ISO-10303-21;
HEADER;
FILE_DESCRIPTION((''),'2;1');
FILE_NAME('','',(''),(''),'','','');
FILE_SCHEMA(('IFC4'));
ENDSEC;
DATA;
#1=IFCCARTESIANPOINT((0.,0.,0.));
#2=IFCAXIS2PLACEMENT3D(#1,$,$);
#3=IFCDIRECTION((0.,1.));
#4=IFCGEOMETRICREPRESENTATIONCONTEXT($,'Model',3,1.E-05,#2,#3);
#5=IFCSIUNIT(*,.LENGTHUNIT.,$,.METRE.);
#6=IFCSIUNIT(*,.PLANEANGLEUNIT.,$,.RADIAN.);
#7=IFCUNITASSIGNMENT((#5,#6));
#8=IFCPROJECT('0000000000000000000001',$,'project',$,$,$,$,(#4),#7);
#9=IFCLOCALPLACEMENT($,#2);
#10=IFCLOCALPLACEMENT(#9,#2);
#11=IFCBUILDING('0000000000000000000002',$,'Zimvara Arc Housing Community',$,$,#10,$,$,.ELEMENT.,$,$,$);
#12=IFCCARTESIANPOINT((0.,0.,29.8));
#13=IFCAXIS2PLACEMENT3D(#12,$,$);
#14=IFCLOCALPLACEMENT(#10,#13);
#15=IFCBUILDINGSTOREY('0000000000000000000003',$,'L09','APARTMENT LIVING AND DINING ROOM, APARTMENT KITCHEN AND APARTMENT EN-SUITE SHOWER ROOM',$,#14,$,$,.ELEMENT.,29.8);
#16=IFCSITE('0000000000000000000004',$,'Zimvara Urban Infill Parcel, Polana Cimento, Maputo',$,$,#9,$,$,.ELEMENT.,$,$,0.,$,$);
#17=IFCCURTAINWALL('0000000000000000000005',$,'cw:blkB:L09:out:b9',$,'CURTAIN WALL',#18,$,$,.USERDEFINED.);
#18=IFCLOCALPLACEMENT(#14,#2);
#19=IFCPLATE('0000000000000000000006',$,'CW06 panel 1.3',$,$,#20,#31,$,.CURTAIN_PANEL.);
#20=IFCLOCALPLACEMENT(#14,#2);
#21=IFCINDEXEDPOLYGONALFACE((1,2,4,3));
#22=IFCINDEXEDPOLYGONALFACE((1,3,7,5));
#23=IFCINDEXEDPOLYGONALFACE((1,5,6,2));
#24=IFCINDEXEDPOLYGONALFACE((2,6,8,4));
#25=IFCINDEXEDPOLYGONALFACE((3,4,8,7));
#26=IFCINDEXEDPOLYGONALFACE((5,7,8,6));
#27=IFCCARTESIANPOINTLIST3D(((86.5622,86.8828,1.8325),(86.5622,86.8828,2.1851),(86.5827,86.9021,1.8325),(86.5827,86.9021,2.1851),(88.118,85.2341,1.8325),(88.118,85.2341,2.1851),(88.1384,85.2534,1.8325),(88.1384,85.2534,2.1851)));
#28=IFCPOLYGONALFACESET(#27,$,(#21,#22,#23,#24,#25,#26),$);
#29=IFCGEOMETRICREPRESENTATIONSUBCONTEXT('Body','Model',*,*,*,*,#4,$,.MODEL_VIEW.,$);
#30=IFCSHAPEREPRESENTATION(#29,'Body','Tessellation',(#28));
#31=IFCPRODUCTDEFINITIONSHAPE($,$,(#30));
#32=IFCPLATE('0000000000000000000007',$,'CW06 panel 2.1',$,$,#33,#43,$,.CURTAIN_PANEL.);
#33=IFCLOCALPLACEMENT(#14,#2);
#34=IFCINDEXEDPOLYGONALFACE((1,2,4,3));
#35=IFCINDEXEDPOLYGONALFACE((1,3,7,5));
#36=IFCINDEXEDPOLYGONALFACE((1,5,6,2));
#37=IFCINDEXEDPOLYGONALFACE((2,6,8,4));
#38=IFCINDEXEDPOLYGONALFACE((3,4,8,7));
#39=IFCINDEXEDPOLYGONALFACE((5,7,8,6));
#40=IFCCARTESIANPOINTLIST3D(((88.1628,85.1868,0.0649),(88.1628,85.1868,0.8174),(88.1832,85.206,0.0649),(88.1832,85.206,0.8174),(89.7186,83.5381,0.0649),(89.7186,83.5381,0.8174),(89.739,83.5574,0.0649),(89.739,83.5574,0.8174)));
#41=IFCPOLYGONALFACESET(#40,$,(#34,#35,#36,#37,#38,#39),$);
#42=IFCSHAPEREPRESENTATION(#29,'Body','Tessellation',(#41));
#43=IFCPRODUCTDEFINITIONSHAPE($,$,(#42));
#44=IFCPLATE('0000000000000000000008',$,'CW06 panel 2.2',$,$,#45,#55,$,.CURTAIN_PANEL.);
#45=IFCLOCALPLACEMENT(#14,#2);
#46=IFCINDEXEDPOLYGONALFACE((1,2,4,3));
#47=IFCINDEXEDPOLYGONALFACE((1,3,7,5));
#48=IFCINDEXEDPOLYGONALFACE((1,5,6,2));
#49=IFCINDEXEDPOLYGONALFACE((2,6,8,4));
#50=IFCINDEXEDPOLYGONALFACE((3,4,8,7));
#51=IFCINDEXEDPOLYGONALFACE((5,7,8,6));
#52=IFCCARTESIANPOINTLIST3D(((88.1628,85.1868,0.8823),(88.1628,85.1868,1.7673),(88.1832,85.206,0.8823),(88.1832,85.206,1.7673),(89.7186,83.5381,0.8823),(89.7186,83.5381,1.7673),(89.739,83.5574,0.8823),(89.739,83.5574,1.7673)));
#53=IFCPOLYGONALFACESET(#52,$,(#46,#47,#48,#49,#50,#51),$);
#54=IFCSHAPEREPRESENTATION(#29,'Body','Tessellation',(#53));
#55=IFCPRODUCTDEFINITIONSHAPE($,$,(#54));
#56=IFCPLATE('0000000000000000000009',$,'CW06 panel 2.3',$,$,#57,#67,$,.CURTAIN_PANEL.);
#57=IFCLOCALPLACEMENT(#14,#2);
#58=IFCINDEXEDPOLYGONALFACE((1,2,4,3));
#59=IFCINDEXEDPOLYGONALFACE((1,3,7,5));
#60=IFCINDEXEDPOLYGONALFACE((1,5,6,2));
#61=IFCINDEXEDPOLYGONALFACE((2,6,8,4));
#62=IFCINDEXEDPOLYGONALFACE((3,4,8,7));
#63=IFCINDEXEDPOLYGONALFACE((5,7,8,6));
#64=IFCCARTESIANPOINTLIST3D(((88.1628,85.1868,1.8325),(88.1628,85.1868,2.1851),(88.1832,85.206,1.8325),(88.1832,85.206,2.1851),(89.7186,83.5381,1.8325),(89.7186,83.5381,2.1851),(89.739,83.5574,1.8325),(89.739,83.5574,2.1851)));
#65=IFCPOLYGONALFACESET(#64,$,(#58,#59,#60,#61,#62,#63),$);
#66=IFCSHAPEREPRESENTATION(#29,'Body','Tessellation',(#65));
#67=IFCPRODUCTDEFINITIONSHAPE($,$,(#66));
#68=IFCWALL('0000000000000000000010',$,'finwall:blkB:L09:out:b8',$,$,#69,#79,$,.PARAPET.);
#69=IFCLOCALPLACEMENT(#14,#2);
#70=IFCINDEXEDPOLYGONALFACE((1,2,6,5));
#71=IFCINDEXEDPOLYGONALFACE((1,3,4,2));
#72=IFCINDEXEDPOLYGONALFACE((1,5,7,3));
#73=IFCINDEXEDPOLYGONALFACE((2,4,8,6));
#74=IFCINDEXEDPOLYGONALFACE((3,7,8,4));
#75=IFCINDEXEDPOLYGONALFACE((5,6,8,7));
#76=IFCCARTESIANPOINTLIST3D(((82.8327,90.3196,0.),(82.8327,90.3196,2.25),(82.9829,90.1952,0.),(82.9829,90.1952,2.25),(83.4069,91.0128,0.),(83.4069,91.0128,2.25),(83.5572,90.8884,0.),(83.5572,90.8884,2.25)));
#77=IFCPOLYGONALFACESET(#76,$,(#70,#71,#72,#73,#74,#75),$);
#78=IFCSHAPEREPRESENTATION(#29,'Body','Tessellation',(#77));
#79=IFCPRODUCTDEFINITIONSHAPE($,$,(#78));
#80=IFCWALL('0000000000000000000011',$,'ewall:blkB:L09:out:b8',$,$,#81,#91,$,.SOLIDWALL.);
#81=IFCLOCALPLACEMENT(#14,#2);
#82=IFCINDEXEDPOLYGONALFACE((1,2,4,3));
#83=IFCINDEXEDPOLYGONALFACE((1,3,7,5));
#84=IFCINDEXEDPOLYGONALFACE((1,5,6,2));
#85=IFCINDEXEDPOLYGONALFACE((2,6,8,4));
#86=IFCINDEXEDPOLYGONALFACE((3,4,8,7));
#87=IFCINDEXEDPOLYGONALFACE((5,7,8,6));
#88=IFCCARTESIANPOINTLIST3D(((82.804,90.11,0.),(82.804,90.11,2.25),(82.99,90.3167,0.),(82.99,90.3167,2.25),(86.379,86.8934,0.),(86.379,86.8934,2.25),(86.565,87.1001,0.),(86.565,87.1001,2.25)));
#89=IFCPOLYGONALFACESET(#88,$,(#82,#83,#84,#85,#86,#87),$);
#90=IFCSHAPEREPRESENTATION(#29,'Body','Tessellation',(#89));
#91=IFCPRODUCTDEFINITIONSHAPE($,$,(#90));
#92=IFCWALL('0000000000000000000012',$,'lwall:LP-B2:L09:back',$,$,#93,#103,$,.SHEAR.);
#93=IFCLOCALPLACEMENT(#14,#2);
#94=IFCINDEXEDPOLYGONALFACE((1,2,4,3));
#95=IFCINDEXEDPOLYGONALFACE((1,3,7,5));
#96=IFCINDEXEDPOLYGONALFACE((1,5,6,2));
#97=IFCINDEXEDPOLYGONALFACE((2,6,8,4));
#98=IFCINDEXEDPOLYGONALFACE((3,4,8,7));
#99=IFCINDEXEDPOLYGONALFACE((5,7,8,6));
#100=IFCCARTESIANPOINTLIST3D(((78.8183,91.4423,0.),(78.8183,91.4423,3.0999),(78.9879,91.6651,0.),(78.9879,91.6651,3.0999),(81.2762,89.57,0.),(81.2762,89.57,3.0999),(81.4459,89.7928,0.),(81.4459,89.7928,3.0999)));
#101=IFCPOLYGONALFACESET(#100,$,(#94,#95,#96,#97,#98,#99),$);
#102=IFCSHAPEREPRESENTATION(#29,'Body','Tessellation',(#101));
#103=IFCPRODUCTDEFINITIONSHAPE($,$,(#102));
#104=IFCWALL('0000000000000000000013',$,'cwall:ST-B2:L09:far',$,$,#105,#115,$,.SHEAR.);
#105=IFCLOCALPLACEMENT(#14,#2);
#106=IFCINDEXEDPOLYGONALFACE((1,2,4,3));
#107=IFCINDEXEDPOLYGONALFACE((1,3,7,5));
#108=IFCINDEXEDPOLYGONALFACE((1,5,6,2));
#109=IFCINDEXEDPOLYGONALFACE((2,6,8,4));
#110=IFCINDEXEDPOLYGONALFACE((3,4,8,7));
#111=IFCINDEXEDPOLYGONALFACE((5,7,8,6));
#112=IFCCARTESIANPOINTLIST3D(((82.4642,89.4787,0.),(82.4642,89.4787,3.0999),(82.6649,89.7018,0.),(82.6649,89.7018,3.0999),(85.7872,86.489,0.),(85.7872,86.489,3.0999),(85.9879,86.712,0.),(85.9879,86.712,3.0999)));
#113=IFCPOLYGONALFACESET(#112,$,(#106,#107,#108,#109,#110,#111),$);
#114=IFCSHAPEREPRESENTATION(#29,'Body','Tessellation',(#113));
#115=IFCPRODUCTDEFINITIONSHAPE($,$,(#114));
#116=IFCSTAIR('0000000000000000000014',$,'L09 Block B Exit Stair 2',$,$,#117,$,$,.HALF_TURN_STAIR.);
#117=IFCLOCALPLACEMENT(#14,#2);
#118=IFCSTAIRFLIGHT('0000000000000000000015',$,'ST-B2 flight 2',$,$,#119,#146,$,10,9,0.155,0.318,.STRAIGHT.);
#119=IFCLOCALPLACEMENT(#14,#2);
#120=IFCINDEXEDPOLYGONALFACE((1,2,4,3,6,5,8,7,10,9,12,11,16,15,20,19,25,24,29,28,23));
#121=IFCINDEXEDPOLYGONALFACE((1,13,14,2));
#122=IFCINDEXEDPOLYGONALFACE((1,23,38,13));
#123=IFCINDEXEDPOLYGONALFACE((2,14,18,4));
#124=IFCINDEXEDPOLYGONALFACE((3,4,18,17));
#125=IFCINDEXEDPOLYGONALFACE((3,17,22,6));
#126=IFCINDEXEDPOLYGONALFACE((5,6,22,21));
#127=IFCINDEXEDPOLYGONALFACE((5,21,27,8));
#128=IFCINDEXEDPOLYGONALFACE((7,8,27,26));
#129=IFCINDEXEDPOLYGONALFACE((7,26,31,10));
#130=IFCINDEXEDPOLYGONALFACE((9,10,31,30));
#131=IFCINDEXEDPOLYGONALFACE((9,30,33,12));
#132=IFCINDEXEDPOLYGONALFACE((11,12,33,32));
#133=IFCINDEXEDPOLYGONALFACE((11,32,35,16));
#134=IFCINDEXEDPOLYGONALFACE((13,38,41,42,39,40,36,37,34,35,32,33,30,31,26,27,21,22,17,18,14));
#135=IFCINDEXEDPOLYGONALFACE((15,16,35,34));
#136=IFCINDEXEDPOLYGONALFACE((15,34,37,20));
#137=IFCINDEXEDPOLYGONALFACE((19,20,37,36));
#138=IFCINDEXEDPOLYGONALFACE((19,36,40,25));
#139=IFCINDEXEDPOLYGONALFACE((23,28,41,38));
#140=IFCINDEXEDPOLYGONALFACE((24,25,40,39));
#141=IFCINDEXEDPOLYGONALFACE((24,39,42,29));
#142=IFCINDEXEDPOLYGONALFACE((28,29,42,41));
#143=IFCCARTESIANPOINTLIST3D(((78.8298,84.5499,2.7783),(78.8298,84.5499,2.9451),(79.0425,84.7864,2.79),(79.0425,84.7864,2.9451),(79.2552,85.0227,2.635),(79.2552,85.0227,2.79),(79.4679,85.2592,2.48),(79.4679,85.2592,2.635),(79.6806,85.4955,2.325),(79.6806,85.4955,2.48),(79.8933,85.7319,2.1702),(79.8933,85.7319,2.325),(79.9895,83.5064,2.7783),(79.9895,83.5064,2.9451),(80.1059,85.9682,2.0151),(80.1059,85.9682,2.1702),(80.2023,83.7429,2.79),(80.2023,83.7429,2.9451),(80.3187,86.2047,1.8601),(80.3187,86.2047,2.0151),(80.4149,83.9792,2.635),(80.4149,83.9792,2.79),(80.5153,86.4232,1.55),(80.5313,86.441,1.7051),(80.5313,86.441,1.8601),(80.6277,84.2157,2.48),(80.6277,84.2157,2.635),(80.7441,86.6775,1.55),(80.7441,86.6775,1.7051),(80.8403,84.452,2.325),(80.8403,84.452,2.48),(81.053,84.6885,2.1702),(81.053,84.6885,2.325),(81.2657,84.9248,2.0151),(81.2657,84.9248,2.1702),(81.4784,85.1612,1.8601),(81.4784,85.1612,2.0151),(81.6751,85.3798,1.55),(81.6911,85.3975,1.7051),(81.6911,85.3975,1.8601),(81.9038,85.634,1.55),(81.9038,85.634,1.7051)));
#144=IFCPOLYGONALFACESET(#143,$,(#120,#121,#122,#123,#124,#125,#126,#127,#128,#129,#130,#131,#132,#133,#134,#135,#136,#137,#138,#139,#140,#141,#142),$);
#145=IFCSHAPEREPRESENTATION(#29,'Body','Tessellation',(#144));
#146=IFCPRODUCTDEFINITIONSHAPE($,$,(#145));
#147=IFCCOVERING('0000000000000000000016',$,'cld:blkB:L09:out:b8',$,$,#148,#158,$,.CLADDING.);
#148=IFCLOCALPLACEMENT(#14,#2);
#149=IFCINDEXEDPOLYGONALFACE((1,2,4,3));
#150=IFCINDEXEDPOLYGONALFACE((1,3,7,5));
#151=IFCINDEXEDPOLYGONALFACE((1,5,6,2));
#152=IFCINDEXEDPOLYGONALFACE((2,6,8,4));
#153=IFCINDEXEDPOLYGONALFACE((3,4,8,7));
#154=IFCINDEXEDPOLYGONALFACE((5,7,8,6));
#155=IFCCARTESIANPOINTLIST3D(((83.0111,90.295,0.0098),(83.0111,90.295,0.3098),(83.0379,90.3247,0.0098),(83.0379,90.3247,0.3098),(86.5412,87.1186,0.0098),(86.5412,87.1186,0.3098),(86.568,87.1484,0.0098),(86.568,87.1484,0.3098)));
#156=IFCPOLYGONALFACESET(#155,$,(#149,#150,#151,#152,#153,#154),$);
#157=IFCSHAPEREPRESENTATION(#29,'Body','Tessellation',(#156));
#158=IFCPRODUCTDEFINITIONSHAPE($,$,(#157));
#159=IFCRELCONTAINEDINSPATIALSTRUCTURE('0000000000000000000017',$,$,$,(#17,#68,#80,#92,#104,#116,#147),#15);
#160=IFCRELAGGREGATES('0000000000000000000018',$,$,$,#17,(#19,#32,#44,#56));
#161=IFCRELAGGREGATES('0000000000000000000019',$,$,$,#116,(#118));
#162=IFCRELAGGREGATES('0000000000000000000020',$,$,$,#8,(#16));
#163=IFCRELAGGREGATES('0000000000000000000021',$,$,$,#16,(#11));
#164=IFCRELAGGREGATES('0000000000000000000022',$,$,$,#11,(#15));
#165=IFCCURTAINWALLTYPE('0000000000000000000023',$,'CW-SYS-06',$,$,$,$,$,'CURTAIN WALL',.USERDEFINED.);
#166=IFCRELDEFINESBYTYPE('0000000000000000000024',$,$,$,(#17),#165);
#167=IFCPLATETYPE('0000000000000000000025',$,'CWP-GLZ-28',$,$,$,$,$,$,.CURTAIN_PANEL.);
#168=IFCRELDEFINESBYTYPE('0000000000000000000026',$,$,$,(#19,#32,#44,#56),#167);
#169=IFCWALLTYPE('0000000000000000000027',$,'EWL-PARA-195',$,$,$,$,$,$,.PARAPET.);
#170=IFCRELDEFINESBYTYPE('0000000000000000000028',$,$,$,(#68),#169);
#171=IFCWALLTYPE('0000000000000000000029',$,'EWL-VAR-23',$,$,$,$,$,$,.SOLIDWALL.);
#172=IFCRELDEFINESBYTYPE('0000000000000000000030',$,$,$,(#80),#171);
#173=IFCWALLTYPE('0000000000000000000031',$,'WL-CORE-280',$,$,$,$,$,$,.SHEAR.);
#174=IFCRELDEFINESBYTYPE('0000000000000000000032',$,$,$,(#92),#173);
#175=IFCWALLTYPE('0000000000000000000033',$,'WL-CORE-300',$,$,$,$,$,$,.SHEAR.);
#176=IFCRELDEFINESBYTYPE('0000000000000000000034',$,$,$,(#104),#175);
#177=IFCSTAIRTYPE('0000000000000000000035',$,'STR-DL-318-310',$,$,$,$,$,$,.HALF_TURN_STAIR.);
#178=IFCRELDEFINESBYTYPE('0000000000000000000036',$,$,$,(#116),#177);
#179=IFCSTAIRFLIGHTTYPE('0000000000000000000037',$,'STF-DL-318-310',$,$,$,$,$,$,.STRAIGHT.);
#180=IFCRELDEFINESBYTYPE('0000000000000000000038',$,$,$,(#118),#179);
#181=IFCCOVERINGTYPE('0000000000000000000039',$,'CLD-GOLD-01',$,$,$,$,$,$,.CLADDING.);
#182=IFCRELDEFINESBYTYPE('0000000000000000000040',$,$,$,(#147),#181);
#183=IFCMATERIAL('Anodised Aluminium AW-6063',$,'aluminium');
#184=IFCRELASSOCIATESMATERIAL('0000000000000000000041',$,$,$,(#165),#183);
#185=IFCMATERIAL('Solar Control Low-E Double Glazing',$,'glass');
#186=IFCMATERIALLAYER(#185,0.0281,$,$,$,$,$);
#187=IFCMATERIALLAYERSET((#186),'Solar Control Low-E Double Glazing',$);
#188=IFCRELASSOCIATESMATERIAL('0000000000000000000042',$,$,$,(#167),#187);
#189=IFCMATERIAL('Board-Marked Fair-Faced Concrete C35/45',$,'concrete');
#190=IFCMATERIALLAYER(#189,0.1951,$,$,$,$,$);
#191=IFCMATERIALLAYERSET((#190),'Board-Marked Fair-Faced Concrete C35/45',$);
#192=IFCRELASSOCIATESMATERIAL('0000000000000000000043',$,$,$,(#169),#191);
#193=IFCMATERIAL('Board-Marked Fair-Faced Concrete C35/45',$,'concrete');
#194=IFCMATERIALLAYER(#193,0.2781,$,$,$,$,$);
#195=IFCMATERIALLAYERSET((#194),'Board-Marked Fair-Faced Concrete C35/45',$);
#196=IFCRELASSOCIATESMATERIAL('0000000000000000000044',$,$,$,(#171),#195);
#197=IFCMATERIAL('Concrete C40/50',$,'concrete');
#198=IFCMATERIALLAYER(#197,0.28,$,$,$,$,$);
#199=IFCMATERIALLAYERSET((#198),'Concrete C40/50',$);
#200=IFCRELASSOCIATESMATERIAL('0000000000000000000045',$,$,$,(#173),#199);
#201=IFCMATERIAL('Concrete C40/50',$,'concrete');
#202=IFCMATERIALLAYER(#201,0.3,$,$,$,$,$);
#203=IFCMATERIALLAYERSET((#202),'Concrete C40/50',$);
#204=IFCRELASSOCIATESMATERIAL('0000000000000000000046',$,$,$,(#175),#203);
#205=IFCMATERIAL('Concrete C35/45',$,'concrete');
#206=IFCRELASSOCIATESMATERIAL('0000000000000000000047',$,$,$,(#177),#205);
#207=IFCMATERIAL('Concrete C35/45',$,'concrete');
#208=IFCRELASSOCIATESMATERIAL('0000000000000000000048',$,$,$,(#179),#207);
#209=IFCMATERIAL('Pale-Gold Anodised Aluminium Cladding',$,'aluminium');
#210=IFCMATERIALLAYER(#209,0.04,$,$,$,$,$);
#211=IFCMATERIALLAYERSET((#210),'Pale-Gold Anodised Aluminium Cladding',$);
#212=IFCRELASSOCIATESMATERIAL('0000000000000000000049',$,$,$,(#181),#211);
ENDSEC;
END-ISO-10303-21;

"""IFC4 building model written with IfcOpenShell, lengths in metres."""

from ifc_helpers import new_model, si_unit, direction, frame, frame_2d, origin, origin_2d, place, context, subcontext, project, spatial, polyline, rectangle, outline, extrude, material, layer, layer_set, type_object, element, aggregate, save


model = new_model("IFC4")

# Units and contexts
model_context = context("Model", 3, precision=1e-05, world=origin(), true_north=direction((0.0, 1.0)))
body_context = subcontext(model_context, "Body", "Model", "MODEL_VIEW")
ifc_project = project(units=[si_unit("LENGTHUNIT", "METRE"), si_unit("PLANEANGLEUNIT", "RADIAN")], contexts=[model_context])

# Site, building, storey
site_placement = place(None, origin())
site = spatial("IfcSite", under=ifc_project, at=site_placement, Name="Zimvara Urban Infill Parcel, Polana Cimento, Maputo", CompositionType="ELEMENT", RefElevation=0.0)
building_placement = place(site_placement, origin())
building = spatial("IfcBuilding", under=site, at=building_placement, Name="Zimvara Arc Housing Community", CompositionType="ELEMENT")
storey_placement = place(building_placement, frame((0.0, 0.0, 29.8)))
storey = spatial("IfcBuildingStorey", under=building, at=storey_placement, Name="L09", Description="APARTMENT LIVING AND DINING ROOM, APARTMENT KITCHEN AND APARTMENT EN-SUITE SHOWER ROOM", CompositionType="ELEMENT", Elevation=29.8)

# Curtain wall
ifc_material_1 = material(Name="Anodised Aluminium AW-6063", Category="aluminium")
curtain_wall_type_1 = type_object("IfcCurtainWallType", Name="CW-SYS-06", ElementType="CURTAIN WALL", PredefinedType="USERDEFINED", material=ifc_material_1)
curtain_wall_1_placement = place(storey_placement, origin())
curtain_wall_1 = element("IfcCurtainWall", 1, at=curtain_wall_1_placement, inside=storey, type_object=curtain_wall_type_1, Name="cw:blkB:L09:out:b9", ObjectType="CURTAIN WALL", PredefinedType="USERDEFINED")

# Plates
ifc_material_2 = material(Name="Solar Control Low-E Double Glazing", Category="glass")
ifc_layer_1 = layer(ifc_material_2, 0.0281)
ifc_layer_set_1 = layer_set([ifc_layer_1], Name="Solar Control Low-E Double Glazing")
plate_type_1 = type_object("IfcPlateType", Name="CWP-GLZ-28", PredefinedType="CURTAIN_PANEL", material=ifc_layer_set_1)
plate_1_placement = place(storey_placement, frame((87.3503, 86.0681, 1.8325), z_axis=(0.0, 0.0, 1.0), x_axis=(0.686326, -0.727294, 0.0)))
plate_1 = element("IfcPlate", 2, at=plate_1_placement, type_object=plate_type_1, Name="CW06 panel 1.3", PredefinedType="CURTAIN_PANEL", context=body_context, shape_type="SweptSolid", body=[
    extrude(rectangle(XDim=2.2668, YDim=0.0281, at=origin_2d()), origin(), (0.0, 0.0, 1.0), 0.3525),
])
plate_2_placement = place(storey_placement, frame((88.9509, 84.3721, 0.0649), z_axis=(0.0, 0.0, 1.0), x_axis=(0.686326, -0.727294, 0.0)))
plate_2 = element("IfcPlate", 3, at=plate_2_placement, type_object=plate_type_1, Name="CW06 panel 2.1", PredefinedType="CURTAIN_PANEL", context=body_context, shape_type="SweptSolid", body=[
    extrude(rectangle(XDim=2.2668, YDim=0.0281, at=origin_2d()), origin(), (0.0, 0.0, 1.0), 0.7524),
])
plate_3_placement = place(storey_placement, frame((88.9509, 84.3721, 0.8823), z_axis=(0.0, 0.0, 1.0), x_axis=(0.686326, -0.727294, 0.0)))
plate_3 = element("IfcPlate", 4, at=plate_3_placement, type_object=plate_type_1, Name="CW06 panel 2.2", PredefinedType="CURTAIN_PANEL", context=body_context, shape_type="SweptSolid", body=[
    extrude(rectangle(XDim=2.2668, YDim=0.0281, at=origin_2d()), origin(), (0.0, 0.0, 1.0), 0.885),
])
plate_4_placement = place(storey_placement, frame((88.9509, 84.3721, 1.8325), z_axis=(0.0, 0.0, 1.0), x_axis=(0.686326, -0.727294, 0.0)))
plate_4 = element("IfcPlate", 5, at=plate_4_placement, type_object=plate_type_1, Name="CW06 panel 2.3", PredefinedType="CURTAIN_PANEL", context=body_context, shape_type="SweptSolid", body=[
    extrude(rectangle(XDim=2.2668, YDim=0.0281, at=origin_2d()), origin(), (0.0, 0.0, 1.0), 0.3525),
])
aggregate(curtain_wall_1, [plate_1, plate_2, plate_3, plate_4])

# Walls
ifc_material_3 = material(Name="Board-Marked Fair-Faced Concrete C35/45", Category="concrete")
ifc_layer_2 = layer(ifc_material_3, 0.1951)
ifc_layer_set_2 = layer_set([ifc_layer_2], Name="Board-Marked Fair-Faced Concrete C35/45")
wall_type_1 = type_object("IfcWallType", Name="EWL-PARA-195", PredefinedType="PARAPET", material=ifc_layer_set_2)
wall_1_placement = place(storey_placement, frame((82.9077, 90.2573, 0.0), z_axis=(0.0, 0.0, 1.0), x_axis=(0.637967, 0.770063, 0.0)))
element("IfcWall", 6, at=wall_1_placement, inside=storey, type_object=wall_type_1, Name="finwall:blkB:L09:out:b8", PredefinedType="PARAPET", context=body_context, shape_type="SweptSolid", body=[
    extrude(rectangle(XDim=0.9001, YDim=0.1951, at=frame_2d((0.4502, 0.0))), origin(), (0.0, 0.0, 1.0), 2.25),
])
ifc_material_4 = material(Name="Board-Marked Fair-Faced Concrete C35/45", Category="concrete")
ifc_layer_3 = layer(ifc_material_4, 0.2781)
ifc_layer_set_3 = layer_set([ifc_layer_3], Name="Board-Marked Fair-Faced Concrete C35/45")
wall_type_2 = type_object("IfcWallType", Name="EWL-VAR-23", PredefinedType="SOLIDWALL", material=ifc_layer_set_3)
wall_2_placement = place(storey_placement, frame((82.897, 90.2134, 0.0), z_axis=(0.0, 0.0, 1.0), x_axis=(0.743388, -0.668861, 0.0)))
element("IfcWall", 7, at=wall_2_placement, inside=storey, type_object=wall_type_2, Name="ewall:blkB:L09:out:b8", PredefinedType="SOLIDWALL", context=body_context, shape_type="SweptSolid", body=[
    extrude(rectangle(XDim=4.8091, YDim=0.2781, at=frame_2d((2.4045, 0.0))), origin(), (0.0, 0.0, 1.0), 2.25),
])
ifc_material_5 = material(Name="Concrete C40/50", Category="concrete")
ifc_layer_4 = layer(ifc_material_5, 0.28)
ifc_layer_set_4 = layer_set([ifc_layer_4], Name="Concrete C40/50")
wall_type_3 = type_object("IfcWallType", Name="WL-CORE-280", PredefinedType="SHEAR", material=ifc_layer_set_4)
wall_3_placement = place(storey_placement, frame((81.3611, 89.6814, 0.0), z_axis=(0.0, 0.0, 1.0), x_axis=(-0.795502, 0.60595, 0.0)))
element("IfcWall", 8, at=wall_3_placement, inside=storey, type_object=wall_type_3, Name="lwall:LP-B2:L09:back", PredefinedType="SHEAR", context=body_context, shape_type="SweptSolid", body=[
    extrude(rectangle(XDim=3.0898, YDim=0.28, at=frame_2d((1.5449, 0.0))), origin(), (0.0, 0.0, 1.0), 3.0999),
])
ifc_material_6 = material(Name="Concrete C40/50", Category="concrete")
ifc_layer_5 = layer(ifc_material_6, 0.3)
ifc_layer_set_5 = layer_set([ifc_layer_5], Name="Concrete C40/50")
wall_type_4 = type_object("IfcWallType", Name="WL-CORE-300", PredefinedType="SHEAR", material=ifc_layer_set_5)
wall_4_placement = place(storey_placement, frame((85.8875, 86.6006, 0.0), z_axis=(0.0, 0.0, 1.0), x_axis=(-0.7434, 0.668847, 0.0)))
element("IfcWall", 9, at=wall_4_placement, inside=storey, type_object=wall_type_4, Name="cwall:ST-B2:L09:far", PredefinedType="SHEAR", context=body_context, shape_type="SweptSolid", body=[
    extrude(rectangle(XDim=4.47, YDim=0.3, at=frame_2d((2.2349, 0.0))), origin(), (0.0, 0.0, 1.0), 3.0999),
])

# Stair, stair flight
ifc_material_7 = material(Name="Concrete C35/45", Category="concrete")
stair_type = type_object("IfcStairType", Name="STR-DL-318-310", PredefinedType="HALF_TURN_STAIR", material=ifc_material_7)
stair_placement = place(storey_placement, origin())
stair = element("IfcStair", 10, at=stair_placement, inside=storey, type_object=stair_type, Name="L09 Block B Exit Stair 2", PredefinedType="HALF_TURN_STAIR")
ifc_material_8 = material(Name="Concrete C35/45", Category="concrete")
stair_flight_type = type_object("IfcStairFlightType", Name="STF-DL-318-310", PredefinedType="STRAIGHT", material=ifc_material_8)
stair_flight_placement = place(storey_placement, frame((81.324, 86.1558, 1.55), z_axis=(0.0, 0.0, 1.0), x_axis=(-0.668871, -0.743378, 0.0)))
stair_flight = element("IfcStairFlight", 11, at=stair_flight_placement, type_object=stair_flight_type, Name="ST-B2 flight 2", NumberOfRisers=10, NumberOfTreads=9, PredefinedType="STRAIGHT", RiserHeight=0.155, TreadLength=0.318, context=body_context, shape_type="SweptSolid", body=[
    extrude(outline(polyline([(0.0, 0.0), (0.0, 0.155), (0.3181, 0.155), (0.3181, 0.3101), (0.636, 0.3101), (0.636, 0.4651), (0.9541, 0.4651), (0.9541, 0.6201), (1.272, 0.6201), (1.272, 0.7749), (1.5901, 0.7749), (1.5901, 0.9299), (1.908, 0.9299), (1.908, 1.085), (2.2261, 1.085), (2.2261, 1.24), (2.5439, 1.24), (2.5439, 1.395), (2.8621, 1.395), (2.8621, 1.55), (2.8621, 1.2283), (0.342, 0.0), (0.0, 0.0)])), frame((0.0, 0.78, 0.0), z_axis=(0.0, -1.0, 0.0), x_axis=(1.0, 0.0, 0.0)), (0.0, 0.0, 1.0), 1.5601),
])
aggregate(stair, [stair_flight])

# Covering
ifc_material_9 = material(Name="Pale-Gold Anodised Aluminium Cladding", Category="aluminium")
ifc_layer_6 = layer(ifc_material_9, 0.04)
ifc_layer_set_6 = layer_set([ifc_layer_6], Name="Pale-Gold Anodised Aluminium Cladding")
covering_type = type_object("IfcCoveringType", Name="CLD-GOLD-01", PredefinedType="CLADDING", material=ifc_layer_set_6)
covering_placement = place(storey_placement, frame((84.7896, 88.7217, 0.0098), z_axis=(0.0, 0.0, 1.0), x_axis=(0.743377, -0.668872, 0.0)))
element("IfcCovering", 12, at=covering_placement, inside=storey, type_object=covering_type, Name="cld:blkB:L09:out:b8", PredefinedType="CLADDING", context=body_context, shape_type="SweptSolid", body=[
    extrude(rectangle(XDim=4.7488, YDim=0.04, at=origin_2d()), origin(), (0.0, 0.0, 1.0), 0.3),
])

save(model, "model.ifc")
